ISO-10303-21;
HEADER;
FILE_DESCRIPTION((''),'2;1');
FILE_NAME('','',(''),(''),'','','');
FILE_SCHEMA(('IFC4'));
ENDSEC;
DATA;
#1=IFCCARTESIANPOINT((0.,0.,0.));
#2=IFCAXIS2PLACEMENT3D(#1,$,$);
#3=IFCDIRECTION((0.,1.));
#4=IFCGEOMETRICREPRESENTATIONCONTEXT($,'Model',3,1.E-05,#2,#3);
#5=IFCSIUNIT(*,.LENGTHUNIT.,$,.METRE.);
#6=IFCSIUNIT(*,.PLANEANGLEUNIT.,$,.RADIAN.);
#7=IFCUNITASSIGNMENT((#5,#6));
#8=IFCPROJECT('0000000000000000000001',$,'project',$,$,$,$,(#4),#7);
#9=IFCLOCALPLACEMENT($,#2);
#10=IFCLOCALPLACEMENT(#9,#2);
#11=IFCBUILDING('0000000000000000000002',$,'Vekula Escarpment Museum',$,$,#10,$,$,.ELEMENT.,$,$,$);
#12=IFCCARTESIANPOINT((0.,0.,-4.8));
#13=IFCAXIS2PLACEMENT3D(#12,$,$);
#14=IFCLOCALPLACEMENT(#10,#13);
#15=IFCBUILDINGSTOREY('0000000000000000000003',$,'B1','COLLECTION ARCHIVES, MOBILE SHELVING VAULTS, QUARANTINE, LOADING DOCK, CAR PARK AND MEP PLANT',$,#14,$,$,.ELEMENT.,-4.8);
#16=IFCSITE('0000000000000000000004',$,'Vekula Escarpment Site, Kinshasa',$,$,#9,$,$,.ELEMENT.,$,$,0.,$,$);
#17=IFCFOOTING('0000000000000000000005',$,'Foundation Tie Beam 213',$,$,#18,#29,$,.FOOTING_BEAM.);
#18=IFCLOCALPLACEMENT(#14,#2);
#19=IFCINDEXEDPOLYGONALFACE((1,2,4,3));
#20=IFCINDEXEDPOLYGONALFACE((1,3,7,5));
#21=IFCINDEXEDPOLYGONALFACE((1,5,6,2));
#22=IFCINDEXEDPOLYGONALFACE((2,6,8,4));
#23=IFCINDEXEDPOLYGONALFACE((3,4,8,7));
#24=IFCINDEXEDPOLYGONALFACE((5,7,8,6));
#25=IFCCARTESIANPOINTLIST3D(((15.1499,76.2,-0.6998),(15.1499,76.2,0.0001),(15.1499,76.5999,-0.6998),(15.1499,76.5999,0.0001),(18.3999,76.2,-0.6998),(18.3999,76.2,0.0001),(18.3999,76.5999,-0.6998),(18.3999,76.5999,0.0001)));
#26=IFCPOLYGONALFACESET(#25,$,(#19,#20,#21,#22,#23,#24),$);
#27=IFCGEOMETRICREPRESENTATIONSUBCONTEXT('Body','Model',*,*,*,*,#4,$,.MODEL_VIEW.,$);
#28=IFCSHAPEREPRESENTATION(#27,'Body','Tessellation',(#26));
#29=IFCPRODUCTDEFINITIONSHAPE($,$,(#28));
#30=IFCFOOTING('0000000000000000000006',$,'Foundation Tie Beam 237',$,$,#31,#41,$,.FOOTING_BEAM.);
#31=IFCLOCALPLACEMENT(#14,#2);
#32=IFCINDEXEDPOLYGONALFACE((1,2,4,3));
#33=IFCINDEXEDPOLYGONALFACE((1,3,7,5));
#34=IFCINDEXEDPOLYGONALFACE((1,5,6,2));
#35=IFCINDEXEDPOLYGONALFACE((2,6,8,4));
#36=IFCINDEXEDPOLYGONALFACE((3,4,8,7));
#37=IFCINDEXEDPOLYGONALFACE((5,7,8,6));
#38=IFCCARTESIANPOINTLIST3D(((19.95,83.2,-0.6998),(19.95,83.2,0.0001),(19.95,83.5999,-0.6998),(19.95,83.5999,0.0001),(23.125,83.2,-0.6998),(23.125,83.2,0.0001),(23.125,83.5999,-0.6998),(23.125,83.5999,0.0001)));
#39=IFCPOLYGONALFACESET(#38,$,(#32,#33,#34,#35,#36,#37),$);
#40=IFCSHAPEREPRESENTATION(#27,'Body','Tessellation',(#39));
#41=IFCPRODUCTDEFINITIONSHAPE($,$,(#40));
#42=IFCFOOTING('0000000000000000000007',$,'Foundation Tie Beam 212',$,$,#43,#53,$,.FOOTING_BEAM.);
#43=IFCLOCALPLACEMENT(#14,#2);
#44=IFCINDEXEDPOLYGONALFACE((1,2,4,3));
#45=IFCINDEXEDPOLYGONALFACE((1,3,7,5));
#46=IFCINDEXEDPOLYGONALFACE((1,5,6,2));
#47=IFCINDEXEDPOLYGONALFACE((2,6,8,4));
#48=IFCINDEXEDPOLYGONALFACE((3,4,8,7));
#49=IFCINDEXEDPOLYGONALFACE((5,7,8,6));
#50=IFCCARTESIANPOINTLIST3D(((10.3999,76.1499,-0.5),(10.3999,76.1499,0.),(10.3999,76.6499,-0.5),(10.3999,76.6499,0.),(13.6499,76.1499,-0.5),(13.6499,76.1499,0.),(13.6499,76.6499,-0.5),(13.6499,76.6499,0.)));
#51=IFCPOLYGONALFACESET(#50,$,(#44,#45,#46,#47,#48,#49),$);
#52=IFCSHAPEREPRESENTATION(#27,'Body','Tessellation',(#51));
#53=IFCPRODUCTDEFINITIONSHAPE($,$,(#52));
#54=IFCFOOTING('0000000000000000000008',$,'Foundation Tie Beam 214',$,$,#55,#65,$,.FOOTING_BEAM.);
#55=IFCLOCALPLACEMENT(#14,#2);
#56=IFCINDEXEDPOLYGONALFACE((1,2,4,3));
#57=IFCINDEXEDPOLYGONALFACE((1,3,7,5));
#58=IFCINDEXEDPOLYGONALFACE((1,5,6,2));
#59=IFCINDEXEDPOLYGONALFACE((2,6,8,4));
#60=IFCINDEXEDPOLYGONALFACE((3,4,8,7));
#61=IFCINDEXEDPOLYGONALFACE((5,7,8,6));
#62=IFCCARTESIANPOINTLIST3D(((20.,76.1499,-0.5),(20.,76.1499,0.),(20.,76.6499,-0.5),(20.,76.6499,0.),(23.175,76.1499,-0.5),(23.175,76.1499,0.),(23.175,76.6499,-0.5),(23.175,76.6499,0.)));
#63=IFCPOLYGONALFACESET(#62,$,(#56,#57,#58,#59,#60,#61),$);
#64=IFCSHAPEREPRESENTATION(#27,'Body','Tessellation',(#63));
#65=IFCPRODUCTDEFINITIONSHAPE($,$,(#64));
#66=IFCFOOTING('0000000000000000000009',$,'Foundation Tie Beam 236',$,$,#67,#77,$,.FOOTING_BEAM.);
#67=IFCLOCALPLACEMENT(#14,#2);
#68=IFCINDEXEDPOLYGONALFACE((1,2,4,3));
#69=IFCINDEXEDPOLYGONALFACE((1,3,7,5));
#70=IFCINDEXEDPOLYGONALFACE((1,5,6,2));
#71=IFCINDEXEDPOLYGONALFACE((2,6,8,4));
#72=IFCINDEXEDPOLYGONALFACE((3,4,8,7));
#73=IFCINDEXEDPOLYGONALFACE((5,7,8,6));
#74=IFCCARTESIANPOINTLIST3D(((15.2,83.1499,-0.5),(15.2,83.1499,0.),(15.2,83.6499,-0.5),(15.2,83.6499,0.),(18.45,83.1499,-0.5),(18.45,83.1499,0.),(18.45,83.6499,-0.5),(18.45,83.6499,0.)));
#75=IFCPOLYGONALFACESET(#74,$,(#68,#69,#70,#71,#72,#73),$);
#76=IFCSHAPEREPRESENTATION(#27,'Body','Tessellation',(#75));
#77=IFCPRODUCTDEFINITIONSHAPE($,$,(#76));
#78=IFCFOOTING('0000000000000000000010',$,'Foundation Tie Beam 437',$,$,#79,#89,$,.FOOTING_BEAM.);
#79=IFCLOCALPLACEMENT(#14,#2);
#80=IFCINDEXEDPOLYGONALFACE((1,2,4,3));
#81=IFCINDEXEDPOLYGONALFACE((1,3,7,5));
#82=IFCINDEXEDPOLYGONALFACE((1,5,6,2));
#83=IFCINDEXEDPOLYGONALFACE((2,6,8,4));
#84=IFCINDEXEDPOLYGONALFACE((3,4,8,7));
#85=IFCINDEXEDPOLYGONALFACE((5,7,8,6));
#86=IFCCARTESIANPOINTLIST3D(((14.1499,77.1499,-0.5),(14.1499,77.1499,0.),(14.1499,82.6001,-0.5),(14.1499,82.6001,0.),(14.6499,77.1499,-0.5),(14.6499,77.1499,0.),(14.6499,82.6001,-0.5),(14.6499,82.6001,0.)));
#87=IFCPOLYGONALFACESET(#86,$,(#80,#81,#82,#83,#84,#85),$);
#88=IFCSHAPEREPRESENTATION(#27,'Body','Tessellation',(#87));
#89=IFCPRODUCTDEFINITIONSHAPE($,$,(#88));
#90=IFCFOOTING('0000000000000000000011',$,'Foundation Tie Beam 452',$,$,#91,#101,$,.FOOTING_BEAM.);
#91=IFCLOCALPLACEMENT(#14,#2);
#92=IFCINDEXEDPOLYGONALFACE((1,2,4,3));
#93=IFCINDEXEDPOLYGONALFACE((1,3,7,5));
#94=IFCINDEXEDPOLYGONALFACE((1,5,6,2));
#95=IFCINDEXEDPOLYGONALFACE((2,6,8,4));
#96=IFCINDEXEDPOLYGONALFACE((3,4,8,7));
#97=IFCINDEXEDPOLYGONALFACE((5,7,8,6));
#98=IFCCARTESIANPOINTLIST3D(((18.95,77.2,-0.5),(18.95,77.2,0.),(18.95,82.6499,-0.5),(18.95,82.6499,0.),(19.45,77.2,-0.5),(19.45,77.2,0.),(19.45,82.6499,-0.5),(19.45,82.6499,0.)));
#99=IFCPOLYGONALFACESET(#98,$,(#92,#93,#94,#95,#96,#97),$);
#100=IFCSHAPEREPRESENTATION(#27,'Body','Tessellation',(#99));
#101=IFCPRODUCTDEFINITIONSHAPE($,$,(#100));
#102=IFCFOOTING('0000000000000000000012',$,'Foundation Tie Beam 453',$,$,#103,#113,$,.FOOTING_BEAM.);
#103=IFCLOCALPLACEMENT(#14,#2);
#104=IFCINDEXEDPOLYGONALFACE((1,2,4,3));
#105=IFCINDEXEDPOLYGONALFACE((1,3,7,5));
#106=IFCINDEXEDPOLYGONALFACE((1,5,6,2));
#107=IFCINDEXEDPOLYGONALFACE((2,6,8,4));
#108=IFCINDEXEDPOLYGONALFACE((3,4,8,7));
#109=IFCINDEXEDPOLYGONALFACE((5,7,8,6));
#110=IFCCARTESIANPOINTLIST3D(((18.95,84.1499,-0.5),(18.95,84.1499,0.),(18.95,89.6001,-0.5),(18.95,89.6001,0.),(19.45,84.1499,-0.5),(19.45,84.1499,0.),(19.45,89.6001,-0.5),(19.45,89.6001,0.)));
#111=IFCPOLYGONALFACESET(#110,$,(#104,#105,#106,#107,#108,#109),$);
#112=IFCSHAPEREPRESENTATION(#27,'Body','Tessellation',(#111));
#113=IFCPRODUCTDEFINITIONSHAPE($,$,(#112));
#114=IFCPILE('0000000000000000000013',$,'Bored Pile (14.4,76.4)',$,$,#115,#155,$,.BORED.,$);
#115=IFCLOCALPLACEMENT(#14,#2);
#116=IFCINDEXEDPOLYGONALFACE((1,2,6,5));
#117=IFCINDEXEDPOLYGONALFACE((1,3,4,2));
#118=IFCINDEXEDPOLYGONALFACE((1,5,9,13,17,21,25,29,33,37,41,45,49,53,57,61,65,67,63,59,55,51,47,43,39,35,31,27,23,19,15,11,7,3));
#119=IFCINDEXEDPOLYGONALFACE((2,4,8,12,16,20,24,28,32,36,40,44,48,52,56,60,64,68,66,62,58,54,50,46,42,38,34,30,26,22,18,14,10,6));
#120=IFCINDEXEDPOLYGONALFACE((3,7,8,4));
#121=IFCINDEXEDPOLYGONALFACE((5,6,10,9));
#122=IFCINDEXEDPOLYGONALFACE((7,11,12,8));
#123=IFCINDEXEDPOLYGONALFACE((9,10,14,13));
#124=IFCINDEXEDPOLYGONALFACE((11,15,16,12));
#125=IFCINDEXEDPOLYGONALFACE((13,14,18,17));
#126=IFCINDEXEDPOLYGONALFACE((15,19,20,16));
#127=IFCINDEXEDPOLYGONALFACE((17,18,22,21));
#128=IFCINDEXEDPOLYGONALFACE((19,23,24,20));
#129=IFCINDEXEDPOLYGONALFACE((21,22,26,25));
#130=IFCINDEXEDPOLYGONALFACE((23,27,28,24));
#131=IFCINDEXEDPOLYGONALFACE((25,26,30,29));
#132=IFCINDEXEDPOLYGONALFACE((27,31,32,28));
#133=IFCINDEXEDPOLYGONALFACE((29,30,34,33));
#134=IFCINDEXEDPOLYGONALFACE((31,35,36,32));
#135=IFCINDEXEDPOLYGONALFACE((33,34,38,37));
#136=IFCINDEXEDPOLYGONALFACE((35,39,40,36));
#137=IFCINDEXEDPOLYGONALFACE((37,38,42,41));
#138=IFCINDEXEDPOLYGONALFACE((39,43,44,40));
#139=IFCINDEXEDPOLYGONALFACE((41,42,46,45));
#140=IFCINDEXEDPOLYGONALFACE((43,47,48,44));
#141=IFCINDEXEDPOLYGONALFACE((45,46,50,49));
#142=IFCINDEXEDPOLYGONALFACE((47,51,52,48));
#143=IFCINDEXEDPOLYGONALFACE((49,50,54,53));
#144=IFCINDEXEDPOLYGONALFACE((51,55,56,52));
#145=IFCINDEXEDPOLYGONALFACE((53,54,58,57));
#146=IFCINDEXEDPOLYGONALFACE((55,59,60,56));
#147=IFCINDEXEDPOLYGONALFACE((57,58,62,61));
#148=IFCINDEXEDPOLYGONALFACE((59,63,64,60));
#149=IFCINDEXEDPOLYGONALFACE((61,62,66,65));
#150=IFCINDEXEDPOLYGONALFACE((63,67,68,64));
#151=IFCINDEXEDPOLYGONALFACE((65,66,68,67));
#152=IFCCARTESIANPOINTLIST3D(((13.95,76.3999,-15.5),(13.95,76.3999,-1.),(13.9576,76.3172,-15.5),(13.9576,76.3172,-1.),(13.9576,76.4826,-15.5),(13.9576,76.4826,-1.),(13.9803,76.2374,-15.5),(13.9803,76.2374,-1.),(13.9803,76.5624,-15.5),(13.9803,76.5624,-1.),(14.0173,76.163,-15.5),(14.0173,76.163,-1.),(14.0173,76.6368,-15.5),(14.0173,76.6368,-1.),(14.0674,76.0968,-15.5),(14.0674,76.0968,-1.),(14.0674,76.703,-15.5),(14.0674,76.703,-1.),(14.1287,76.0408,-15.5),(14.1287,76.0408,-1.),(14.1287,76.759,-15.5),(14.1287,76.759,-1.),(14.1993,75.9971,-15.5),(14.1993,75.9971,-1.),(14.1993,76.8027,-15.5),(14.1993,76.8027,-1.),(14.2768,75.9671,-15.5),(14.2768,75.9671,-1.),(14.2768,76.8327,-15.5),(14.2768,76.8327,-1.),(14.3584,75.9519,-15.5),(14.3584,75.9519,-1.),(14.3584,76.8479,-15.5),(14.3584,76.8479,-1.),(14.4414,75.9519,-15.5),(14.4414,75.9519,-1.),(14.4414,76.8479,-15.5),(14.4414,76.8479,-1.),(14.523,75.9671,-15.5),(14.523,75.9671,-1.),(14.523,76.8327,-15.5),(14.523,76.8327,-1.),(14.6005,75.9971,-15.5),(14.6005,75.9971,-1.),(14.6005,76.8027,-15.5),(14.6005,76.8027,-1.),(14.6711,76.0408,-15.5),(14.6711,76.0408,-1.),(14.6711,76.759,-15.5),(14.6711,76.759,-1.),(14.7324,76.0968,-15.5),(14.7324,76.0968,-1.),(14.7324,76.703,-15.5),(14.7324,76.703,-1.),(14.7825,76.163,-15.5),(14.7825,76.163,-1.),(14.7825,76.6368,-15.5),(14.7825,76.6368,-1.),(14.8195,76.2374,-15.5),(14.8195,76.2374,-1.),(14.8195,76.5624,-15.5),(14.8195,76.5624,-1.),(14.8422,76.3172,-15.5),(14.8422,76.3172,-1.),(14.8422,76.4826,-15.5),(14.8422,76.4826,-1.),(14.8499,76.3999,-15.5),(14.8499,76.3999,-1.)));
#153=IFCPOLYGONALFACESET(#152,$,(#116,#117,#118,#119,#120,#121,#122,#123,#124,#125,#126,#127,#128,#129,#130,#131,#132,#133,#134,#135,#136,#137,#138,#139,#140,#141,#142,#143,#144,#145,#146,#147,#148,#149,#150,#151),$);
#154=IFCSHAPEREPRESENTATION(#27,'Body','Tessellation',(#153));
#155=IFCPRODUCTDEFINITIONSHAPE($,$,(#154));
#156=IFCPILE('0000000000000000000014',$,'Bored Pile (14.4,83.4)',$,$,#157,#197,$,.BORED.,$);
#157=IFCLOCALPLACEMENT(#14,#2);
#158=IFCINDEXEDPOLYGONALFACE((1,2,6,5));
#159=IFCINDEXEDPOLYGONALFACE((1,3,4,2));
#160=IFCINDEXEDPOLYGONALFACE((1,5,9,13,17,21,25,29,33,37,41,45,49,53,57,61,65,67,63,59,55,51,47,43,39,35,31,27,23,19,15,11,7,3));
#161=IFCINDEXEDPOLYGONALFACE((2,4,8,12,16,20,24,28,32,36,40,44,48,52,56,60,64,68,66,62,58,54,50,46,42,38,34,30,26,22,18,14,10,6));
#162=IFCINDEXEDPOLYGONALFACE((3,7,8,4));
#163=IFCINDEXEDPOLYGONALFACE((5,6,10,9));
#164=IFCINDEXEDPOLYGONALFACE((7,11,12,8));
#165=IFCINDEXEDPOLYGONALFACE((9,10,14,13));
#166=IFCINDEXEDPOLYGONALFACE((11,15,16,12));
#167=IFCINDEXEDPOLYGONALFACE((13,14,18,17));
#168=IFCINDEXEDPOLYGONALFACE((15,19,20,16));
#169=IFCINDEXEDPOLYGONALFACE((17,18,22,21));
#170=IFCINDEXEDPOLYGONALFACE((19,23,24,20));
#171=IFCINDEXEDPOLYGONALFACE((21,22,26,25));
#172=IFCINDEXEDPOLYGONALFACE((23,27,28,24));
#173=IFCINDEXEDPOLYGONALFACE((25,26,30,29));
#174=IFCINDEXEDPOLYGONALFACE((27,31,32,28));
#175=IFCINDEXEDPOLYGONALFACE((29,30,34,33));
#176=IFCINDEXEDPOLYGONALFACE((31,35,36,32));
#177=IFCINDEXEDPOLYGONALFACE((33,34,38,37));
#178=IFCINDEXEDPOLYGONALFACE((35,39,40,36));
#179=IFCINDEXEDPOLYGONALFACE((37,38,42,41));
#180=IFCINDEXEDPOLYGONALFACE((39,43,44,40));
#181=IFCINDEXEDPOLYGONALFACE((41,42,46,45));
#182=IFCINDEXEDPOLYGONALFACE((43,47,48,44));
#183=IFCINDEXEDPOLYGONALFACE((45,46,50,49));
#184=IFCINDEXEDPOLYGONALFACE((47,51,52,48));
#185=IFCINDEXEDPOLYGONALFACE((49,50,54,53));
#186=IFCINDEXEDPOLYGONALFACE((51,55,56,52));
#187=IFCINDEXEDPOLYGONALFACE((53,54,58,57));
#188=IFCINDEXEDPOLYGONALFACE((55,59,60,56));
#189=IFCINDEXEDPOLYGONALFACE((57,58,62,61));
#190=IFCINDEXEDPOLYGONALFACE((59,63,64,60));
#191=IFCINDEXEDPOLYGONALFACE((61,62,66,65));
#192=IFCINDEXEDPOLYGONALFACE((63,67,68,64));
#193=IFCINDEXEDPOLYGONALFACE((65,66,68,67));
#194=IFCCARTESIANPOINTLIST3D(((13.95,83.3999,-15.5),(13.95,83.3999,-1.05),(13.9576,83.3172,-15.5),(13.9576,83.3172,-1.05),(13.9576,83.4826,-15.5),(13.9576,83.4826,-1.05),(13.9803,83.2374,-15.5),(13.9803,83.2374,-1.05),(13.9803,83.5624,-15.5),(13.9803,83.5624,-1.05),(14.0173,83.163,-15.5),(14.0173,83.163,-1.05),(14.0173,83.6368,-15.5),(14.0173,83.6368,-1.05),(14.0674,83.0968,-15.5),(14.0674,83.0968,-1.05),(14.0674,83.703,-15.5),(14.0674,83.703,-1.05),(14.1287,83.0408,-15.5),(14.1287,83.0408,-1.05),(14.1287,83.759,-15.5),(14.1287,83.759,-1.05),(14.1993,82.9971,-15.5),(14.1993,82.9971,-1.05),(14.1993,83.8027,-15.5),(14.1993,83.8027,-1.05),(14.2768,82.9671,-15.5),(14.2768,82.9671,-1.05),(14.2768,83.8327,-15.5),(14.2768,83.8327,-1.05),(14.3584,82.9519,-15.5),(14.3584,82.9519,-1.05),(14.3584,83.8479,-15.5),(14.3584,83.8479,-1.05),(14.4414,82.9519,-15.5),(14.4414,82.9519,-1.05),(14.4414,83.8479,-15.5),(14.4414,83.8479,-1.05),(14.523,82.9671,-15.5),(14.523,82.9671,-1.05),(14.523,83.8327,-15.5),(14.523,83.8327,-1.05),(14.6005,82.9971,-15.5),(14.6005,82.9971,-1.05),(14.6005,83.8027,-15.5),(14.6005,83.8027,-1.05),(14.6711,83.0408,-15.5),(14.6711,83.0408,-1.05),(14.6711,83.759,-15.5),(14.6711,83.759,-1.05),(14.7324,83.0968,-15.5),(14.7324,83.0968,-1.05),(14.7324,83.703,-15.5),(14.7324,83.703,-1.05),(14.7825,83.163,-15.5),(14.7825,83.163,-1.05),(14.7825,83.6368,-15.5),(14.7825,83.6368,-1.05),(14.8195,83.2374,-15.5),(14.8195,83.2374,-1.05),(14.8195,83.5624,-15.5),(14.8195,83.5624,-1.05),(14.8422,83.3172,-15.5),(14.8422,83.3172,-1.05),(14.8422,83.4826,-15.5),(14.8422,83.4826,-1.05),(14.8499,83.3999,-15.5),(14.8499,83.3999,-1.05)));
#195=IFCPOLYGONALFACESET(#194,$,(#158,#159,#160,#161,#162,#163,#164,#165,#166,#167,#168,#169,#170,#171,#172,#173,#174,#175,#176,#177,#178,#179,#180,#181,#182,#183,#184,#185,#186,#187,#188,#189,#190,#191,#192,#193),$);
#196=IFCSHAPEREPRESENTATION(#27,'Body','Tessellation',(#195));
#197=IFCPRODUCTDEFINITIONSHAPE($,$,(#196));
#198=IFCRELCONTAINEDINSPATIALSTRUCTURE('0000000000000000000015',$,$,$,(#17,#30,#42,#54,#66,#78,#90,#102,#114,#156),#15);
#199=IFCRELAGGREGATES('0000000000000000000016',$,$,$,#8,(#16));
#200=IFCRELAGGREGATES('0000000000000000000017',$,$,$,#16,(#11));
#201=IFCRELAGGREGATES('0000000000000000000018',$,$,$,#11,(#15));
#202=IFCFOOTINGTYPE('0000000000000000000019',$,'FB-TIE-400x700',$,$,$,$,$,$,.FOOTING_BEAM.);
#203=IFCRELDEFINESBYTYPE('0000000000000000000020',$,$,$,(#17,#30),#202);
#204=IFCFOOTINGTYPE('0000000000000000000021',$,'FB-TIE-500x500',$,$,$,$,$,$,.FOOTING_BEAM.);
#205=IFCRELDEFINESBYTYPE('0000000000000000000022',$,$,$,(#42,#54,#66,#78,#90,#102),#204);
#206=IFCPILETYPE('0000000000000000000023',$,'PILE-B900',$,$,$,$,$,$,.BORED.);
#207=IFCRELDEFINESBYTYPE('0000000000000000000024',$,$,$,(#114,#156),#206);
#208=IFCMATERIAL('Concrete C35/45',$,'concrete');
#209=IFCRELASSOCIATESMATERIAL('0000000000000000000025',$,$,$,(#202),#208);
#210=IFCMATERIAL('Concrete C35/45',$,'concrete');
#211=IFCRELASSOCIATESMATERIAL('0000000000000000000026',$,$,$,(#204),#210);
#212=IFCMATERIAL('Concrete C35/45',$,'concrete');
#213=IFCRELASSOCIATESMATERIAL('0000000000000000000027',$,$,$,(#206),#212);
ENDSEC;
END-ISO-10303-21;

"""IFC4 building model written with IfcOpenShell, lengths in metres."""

from ifc_helpers import new_model, si_unit, direction, frame, origin, origin_2d, place, context, subcontext, project, spatial, rectangle, circle, extrude, material, material_profile, profile_set, type_object, element, save


model = new_model("IFC4")

# Units and contexts
model_context = context("Model", 3, precision=1e-05, world=origin(), true_north=direction((0.0, 1.0)))
body_context = subcontext(model_context, "Body", "Model", "MODEL_VIEW")
ifc_project = project(units=[si_unit("LENGTHUNIT", "METRE"), si_unit("PLANEANGLEUNIT", "RADIAN")], contexts=[model_context])

# Site, building, storey
site_placement = place(None, origin())
site = spatial("IfcSite", under=ifc_project, at=site_placement, Name="Vekula Escarpment Site, Kinshasa", CompositionType="ELEMENT", RefElevation=0.0)
building_placement = place(site_placement, origin())
building = spatial("IfcBuilding", under=site, at=building_placement, Name="Vekula Escarpment Museum", CompositionType="ELEMENT")
storey_placement = place(building_placement, frame((0.0, 0.0, -4.8)))
storey = spatial("IfcBuildingStorey", under=building, at=storey_placement, Name="B1", Description="COLLECTION ARCHIVES, MOBILE SHELVING VAULTS, QUARANTINE, LOADING DOCK, CAR PARK AND MEP PLANT", CompositionType="ELEMENT", Elevation=-4.8)

# Footings
ifc_material_1 = material(Name="Concrete C35/45", Category="concrete")
ifc_material_profile_1 = material_profile(ifc_material_1, rectangle(XDim=0.3999, YDim=0.7, at=origin_2d()), Name="RC 400x700")
ifc_profile_set_1 = profile_set([ifc_material_profile_1], Name="Concrete C35/45")
footing_type_1 = type_object("IfcFootingType", Name="FB-TIE-400x700", PredefinedType="FOOTING_BEAM", material=ifc_profile_set_1)
footing_1_placement = place(storey_placement, frame((15.1499, 76.3999, -0.3499), z_axis=(1.0, 0.0, 0.0), x_axis=(0.0, 1.0, 0.0)))
element("IfcFooting", 1, at=footing_1_placement, inside=storey, type_object=footing_type_1, Name="Foundation Tie Beam 213", PredefinedType="FOOTING_BEAM", context=body_context, shape_type="SweptSolid", body=[
    extrude(rectangle(XDim=0.3999, YDim=0.7, at=origin_2d()), origin(), (0.0, 0.0, 1.0), 3.25),
])
footing_2_placement = place(storey_placement, frame((19.95, 83.3999, -0.3499), z_axis=(1.0, 0.0, 0.0), x_axis=(0.0, 1.0, 0.0)))
element("IfcFooting", 2, at=footing_2_placement, inside=storey, type_object=footing_type_1, Name="Foundation Tie Beam 237", PredefinedType="FOOTING_BEAM", context=body_context, shape_type="SweptSolid", body=[
    extrude(rectangle(XDim=0.3999, YDim=0.7, at=origin_2d()), origin(), (0.0, 0.0, 1.0), 3.175),
])
ifc_material_2 = material(Name="Concrete C35/45", Category="concrete")
ifc_material_profile_2 = material_profile(ifc_material_2, rectangle(XDim=0.5, YDim=0.5, at=origin_2d()), Name="RC 500x500")
ifc_profile_set_2 = profile_set([ifc_material_profile_2], Name="Concrete C35/45")
footing_type_2 = type_object("IfcFootingType", Name="FB-TIE-500x500", PredefinedType="FOOTING_BEAM", material=ifc_profile_set_2)
footing_3_placement = place(storey_placement, frame((10.3999, 76.3999, -0.25), z_axis=(1.0, 0.0, 0.0), x_axis=(0.0, 1.0, 0.0)))
element("IfcFooting", 3, at=footing_3_placement, inside=storey, type_object=footing_type_2, Name="Foundation Tie Beam 212", PredefinedType="FOOTING_BEAM", context=body_context, shape_type="SweptSolid", body=[
    extrude(rectangle(XDim=0.5, YDim=0.5, at=origin_2d()), origin(), (0.0, 0.0, 1.0), 3.25),
])
footing_4_placement = place(storey_placement, frame((20.0, 76.3999, -0.25), z_axis=(1.0, 0.0, 0.0), x_axis=(0.0, 1.0, 0.0)))
element("IfcFooting", 4, at=footing_4_placement, inside=storey, type_object=footing_type_2, Name="Foundation Tie Beam 214", PredefinedType="FOOTING_BEAM", context=body_context, shape_type="SweptSolid", body=[
    extrude(rectangle(XDim=0.5, YDim=0.5, at=origin_2d()), origin(), (0.0, 0.0, 1.0), 3.175),
])
footing_5_placement = place(storey_placement, frame((15.2, 83.3999, -0.25), z_axis=(1.0, 0.0, 0.0), x_axis=(0.0, 1.0, 0.0)))
element("IfcFooting", 5, at=footing_5_placement, inside=storey, type_object=footing_type_2, Name="Foundation Tie Beam 236", PredefinedType="FOOTING_BEAM", context=body_context, shape_type="SweptSolid", body=[
    extrude(rectangle(XDim=0.5, YDim=0.5, at=origin_2d()), origin(), (0.0, 0.0, 1.0), 3.25),
])
footing_6_placement = place(storey_placement, frame((14.3999, 77.1499, -0.25), z_axis=(0.0, 1.0, 0.0), x_axis=(-1.0, 0.0, 0.0)))
element("IfcFooting", 6, at=footing_6_placement, inside=storey, type_object=footing_type_2, Name="Foundation Tie Beam 437", PredefinedType="FOOTING_BEAM", context=body_context, shape_type="SweptSolid", body=[
    extrude(rectangle(XDim=0.5, YDim=0.5, at=origin_2d()), origin(), (0.0, 0.0, 1.0), 5.4502),
])
footing_7_placement = place(storey_placement, frame((19.2, 77.2, -0.25), z_axis=(0.0, 1.0, 0.0), x_axis=(-1.0, 0.0, 0.0)))
element("IfcFooting", 7, at=footing_7_placement, inside=storey, type_object=footing_type_2, Name="Foundation Tie Beam 452", PredefinedType="FOOTING_BEAM", context=body_context, shape_type="SweptSolid", body=[
    extrude(rectangle(XDim=0.5, YDim=0.5, at=origin_2d()), origin(), (0.0, 0.0, 1.0), 5.45),
])
footing_8_placement = place(storey_placement, frame((19.2, 84.1499, -0.25), z_axis=(0.0, 1.0, 0.0), x_axis=(-1.0, 0.0, 0.0)))
element("IfcFooting", 8, at=footing_8_placement, inside=storey, type_object=footing_type_2, Name="Foundation Tie Beam 453", PredefinedType="FOOTING_BEAM", context=body_context, shape_type="SweptSolid", body=[
    extrude(rectangle(XDim=0.5, YDim=0.5, at=origin_2d()), origin(), (0.0, 0.0, 1.0), 5.4502),
])

# Piles
ifc_material_3 = material(Name="Concrete C35/45", Category="concrete")
ifc_material_profile_3 = material_profile(ifc_material_3, circle(Radius=0.45, at=origin_2d()), Name="BORED PILE 900")
ifc_profile_set_3 = profile_set([ifc_material_profile_3], Name="Concrete C35/45")
pile_type = type_object("IfcPileType", Name="PILE-B900", PredefinedType="BORED", material=ifc_profile_set_3)
pile_1_placement = place(storey_placement, frame((14.3999, 76.3999, -1.0), z_axis=(0.0, 0.0, -1.0), x_axis=(1.0, 0.0, 0.0)))
element("IfcPile", 9, at=pile_1_placement, inside=storey, type_object=pile_type, Name="Bored Pile (14.4,76.4)", PredefinedType="BORED", context=body_context, shape_type="SweptSolid", body=[
    extrude(circle(Radius=0.45, at=origin_2d()), origin(), (0.0, 0.0, 1.0), 14.5),
])
for number, where, z_axis, x_axis, name in (
    (10, (14.3999, 83.3999, -1.05), (0.0, 0.0, -1.0), (1.0, 0.0, 0.0), "Bored Pile (14.4,83.4)"),
):
    element("IfcPile", number, at=place(storey_placement, frame(where, z_axis=z_axis, x_axis=x_axis)), inside=storey, type_object=pile_type, Name=name, PredefinedType="BORED", context=body_context, shape_type="SweptSolid", body=[
        extrude(circle(Radius=0.45, at=origin_2d()), origin(), (0.0, 0.0, 1.0), 14.45),
    ])

save(model, "model.ifc")
